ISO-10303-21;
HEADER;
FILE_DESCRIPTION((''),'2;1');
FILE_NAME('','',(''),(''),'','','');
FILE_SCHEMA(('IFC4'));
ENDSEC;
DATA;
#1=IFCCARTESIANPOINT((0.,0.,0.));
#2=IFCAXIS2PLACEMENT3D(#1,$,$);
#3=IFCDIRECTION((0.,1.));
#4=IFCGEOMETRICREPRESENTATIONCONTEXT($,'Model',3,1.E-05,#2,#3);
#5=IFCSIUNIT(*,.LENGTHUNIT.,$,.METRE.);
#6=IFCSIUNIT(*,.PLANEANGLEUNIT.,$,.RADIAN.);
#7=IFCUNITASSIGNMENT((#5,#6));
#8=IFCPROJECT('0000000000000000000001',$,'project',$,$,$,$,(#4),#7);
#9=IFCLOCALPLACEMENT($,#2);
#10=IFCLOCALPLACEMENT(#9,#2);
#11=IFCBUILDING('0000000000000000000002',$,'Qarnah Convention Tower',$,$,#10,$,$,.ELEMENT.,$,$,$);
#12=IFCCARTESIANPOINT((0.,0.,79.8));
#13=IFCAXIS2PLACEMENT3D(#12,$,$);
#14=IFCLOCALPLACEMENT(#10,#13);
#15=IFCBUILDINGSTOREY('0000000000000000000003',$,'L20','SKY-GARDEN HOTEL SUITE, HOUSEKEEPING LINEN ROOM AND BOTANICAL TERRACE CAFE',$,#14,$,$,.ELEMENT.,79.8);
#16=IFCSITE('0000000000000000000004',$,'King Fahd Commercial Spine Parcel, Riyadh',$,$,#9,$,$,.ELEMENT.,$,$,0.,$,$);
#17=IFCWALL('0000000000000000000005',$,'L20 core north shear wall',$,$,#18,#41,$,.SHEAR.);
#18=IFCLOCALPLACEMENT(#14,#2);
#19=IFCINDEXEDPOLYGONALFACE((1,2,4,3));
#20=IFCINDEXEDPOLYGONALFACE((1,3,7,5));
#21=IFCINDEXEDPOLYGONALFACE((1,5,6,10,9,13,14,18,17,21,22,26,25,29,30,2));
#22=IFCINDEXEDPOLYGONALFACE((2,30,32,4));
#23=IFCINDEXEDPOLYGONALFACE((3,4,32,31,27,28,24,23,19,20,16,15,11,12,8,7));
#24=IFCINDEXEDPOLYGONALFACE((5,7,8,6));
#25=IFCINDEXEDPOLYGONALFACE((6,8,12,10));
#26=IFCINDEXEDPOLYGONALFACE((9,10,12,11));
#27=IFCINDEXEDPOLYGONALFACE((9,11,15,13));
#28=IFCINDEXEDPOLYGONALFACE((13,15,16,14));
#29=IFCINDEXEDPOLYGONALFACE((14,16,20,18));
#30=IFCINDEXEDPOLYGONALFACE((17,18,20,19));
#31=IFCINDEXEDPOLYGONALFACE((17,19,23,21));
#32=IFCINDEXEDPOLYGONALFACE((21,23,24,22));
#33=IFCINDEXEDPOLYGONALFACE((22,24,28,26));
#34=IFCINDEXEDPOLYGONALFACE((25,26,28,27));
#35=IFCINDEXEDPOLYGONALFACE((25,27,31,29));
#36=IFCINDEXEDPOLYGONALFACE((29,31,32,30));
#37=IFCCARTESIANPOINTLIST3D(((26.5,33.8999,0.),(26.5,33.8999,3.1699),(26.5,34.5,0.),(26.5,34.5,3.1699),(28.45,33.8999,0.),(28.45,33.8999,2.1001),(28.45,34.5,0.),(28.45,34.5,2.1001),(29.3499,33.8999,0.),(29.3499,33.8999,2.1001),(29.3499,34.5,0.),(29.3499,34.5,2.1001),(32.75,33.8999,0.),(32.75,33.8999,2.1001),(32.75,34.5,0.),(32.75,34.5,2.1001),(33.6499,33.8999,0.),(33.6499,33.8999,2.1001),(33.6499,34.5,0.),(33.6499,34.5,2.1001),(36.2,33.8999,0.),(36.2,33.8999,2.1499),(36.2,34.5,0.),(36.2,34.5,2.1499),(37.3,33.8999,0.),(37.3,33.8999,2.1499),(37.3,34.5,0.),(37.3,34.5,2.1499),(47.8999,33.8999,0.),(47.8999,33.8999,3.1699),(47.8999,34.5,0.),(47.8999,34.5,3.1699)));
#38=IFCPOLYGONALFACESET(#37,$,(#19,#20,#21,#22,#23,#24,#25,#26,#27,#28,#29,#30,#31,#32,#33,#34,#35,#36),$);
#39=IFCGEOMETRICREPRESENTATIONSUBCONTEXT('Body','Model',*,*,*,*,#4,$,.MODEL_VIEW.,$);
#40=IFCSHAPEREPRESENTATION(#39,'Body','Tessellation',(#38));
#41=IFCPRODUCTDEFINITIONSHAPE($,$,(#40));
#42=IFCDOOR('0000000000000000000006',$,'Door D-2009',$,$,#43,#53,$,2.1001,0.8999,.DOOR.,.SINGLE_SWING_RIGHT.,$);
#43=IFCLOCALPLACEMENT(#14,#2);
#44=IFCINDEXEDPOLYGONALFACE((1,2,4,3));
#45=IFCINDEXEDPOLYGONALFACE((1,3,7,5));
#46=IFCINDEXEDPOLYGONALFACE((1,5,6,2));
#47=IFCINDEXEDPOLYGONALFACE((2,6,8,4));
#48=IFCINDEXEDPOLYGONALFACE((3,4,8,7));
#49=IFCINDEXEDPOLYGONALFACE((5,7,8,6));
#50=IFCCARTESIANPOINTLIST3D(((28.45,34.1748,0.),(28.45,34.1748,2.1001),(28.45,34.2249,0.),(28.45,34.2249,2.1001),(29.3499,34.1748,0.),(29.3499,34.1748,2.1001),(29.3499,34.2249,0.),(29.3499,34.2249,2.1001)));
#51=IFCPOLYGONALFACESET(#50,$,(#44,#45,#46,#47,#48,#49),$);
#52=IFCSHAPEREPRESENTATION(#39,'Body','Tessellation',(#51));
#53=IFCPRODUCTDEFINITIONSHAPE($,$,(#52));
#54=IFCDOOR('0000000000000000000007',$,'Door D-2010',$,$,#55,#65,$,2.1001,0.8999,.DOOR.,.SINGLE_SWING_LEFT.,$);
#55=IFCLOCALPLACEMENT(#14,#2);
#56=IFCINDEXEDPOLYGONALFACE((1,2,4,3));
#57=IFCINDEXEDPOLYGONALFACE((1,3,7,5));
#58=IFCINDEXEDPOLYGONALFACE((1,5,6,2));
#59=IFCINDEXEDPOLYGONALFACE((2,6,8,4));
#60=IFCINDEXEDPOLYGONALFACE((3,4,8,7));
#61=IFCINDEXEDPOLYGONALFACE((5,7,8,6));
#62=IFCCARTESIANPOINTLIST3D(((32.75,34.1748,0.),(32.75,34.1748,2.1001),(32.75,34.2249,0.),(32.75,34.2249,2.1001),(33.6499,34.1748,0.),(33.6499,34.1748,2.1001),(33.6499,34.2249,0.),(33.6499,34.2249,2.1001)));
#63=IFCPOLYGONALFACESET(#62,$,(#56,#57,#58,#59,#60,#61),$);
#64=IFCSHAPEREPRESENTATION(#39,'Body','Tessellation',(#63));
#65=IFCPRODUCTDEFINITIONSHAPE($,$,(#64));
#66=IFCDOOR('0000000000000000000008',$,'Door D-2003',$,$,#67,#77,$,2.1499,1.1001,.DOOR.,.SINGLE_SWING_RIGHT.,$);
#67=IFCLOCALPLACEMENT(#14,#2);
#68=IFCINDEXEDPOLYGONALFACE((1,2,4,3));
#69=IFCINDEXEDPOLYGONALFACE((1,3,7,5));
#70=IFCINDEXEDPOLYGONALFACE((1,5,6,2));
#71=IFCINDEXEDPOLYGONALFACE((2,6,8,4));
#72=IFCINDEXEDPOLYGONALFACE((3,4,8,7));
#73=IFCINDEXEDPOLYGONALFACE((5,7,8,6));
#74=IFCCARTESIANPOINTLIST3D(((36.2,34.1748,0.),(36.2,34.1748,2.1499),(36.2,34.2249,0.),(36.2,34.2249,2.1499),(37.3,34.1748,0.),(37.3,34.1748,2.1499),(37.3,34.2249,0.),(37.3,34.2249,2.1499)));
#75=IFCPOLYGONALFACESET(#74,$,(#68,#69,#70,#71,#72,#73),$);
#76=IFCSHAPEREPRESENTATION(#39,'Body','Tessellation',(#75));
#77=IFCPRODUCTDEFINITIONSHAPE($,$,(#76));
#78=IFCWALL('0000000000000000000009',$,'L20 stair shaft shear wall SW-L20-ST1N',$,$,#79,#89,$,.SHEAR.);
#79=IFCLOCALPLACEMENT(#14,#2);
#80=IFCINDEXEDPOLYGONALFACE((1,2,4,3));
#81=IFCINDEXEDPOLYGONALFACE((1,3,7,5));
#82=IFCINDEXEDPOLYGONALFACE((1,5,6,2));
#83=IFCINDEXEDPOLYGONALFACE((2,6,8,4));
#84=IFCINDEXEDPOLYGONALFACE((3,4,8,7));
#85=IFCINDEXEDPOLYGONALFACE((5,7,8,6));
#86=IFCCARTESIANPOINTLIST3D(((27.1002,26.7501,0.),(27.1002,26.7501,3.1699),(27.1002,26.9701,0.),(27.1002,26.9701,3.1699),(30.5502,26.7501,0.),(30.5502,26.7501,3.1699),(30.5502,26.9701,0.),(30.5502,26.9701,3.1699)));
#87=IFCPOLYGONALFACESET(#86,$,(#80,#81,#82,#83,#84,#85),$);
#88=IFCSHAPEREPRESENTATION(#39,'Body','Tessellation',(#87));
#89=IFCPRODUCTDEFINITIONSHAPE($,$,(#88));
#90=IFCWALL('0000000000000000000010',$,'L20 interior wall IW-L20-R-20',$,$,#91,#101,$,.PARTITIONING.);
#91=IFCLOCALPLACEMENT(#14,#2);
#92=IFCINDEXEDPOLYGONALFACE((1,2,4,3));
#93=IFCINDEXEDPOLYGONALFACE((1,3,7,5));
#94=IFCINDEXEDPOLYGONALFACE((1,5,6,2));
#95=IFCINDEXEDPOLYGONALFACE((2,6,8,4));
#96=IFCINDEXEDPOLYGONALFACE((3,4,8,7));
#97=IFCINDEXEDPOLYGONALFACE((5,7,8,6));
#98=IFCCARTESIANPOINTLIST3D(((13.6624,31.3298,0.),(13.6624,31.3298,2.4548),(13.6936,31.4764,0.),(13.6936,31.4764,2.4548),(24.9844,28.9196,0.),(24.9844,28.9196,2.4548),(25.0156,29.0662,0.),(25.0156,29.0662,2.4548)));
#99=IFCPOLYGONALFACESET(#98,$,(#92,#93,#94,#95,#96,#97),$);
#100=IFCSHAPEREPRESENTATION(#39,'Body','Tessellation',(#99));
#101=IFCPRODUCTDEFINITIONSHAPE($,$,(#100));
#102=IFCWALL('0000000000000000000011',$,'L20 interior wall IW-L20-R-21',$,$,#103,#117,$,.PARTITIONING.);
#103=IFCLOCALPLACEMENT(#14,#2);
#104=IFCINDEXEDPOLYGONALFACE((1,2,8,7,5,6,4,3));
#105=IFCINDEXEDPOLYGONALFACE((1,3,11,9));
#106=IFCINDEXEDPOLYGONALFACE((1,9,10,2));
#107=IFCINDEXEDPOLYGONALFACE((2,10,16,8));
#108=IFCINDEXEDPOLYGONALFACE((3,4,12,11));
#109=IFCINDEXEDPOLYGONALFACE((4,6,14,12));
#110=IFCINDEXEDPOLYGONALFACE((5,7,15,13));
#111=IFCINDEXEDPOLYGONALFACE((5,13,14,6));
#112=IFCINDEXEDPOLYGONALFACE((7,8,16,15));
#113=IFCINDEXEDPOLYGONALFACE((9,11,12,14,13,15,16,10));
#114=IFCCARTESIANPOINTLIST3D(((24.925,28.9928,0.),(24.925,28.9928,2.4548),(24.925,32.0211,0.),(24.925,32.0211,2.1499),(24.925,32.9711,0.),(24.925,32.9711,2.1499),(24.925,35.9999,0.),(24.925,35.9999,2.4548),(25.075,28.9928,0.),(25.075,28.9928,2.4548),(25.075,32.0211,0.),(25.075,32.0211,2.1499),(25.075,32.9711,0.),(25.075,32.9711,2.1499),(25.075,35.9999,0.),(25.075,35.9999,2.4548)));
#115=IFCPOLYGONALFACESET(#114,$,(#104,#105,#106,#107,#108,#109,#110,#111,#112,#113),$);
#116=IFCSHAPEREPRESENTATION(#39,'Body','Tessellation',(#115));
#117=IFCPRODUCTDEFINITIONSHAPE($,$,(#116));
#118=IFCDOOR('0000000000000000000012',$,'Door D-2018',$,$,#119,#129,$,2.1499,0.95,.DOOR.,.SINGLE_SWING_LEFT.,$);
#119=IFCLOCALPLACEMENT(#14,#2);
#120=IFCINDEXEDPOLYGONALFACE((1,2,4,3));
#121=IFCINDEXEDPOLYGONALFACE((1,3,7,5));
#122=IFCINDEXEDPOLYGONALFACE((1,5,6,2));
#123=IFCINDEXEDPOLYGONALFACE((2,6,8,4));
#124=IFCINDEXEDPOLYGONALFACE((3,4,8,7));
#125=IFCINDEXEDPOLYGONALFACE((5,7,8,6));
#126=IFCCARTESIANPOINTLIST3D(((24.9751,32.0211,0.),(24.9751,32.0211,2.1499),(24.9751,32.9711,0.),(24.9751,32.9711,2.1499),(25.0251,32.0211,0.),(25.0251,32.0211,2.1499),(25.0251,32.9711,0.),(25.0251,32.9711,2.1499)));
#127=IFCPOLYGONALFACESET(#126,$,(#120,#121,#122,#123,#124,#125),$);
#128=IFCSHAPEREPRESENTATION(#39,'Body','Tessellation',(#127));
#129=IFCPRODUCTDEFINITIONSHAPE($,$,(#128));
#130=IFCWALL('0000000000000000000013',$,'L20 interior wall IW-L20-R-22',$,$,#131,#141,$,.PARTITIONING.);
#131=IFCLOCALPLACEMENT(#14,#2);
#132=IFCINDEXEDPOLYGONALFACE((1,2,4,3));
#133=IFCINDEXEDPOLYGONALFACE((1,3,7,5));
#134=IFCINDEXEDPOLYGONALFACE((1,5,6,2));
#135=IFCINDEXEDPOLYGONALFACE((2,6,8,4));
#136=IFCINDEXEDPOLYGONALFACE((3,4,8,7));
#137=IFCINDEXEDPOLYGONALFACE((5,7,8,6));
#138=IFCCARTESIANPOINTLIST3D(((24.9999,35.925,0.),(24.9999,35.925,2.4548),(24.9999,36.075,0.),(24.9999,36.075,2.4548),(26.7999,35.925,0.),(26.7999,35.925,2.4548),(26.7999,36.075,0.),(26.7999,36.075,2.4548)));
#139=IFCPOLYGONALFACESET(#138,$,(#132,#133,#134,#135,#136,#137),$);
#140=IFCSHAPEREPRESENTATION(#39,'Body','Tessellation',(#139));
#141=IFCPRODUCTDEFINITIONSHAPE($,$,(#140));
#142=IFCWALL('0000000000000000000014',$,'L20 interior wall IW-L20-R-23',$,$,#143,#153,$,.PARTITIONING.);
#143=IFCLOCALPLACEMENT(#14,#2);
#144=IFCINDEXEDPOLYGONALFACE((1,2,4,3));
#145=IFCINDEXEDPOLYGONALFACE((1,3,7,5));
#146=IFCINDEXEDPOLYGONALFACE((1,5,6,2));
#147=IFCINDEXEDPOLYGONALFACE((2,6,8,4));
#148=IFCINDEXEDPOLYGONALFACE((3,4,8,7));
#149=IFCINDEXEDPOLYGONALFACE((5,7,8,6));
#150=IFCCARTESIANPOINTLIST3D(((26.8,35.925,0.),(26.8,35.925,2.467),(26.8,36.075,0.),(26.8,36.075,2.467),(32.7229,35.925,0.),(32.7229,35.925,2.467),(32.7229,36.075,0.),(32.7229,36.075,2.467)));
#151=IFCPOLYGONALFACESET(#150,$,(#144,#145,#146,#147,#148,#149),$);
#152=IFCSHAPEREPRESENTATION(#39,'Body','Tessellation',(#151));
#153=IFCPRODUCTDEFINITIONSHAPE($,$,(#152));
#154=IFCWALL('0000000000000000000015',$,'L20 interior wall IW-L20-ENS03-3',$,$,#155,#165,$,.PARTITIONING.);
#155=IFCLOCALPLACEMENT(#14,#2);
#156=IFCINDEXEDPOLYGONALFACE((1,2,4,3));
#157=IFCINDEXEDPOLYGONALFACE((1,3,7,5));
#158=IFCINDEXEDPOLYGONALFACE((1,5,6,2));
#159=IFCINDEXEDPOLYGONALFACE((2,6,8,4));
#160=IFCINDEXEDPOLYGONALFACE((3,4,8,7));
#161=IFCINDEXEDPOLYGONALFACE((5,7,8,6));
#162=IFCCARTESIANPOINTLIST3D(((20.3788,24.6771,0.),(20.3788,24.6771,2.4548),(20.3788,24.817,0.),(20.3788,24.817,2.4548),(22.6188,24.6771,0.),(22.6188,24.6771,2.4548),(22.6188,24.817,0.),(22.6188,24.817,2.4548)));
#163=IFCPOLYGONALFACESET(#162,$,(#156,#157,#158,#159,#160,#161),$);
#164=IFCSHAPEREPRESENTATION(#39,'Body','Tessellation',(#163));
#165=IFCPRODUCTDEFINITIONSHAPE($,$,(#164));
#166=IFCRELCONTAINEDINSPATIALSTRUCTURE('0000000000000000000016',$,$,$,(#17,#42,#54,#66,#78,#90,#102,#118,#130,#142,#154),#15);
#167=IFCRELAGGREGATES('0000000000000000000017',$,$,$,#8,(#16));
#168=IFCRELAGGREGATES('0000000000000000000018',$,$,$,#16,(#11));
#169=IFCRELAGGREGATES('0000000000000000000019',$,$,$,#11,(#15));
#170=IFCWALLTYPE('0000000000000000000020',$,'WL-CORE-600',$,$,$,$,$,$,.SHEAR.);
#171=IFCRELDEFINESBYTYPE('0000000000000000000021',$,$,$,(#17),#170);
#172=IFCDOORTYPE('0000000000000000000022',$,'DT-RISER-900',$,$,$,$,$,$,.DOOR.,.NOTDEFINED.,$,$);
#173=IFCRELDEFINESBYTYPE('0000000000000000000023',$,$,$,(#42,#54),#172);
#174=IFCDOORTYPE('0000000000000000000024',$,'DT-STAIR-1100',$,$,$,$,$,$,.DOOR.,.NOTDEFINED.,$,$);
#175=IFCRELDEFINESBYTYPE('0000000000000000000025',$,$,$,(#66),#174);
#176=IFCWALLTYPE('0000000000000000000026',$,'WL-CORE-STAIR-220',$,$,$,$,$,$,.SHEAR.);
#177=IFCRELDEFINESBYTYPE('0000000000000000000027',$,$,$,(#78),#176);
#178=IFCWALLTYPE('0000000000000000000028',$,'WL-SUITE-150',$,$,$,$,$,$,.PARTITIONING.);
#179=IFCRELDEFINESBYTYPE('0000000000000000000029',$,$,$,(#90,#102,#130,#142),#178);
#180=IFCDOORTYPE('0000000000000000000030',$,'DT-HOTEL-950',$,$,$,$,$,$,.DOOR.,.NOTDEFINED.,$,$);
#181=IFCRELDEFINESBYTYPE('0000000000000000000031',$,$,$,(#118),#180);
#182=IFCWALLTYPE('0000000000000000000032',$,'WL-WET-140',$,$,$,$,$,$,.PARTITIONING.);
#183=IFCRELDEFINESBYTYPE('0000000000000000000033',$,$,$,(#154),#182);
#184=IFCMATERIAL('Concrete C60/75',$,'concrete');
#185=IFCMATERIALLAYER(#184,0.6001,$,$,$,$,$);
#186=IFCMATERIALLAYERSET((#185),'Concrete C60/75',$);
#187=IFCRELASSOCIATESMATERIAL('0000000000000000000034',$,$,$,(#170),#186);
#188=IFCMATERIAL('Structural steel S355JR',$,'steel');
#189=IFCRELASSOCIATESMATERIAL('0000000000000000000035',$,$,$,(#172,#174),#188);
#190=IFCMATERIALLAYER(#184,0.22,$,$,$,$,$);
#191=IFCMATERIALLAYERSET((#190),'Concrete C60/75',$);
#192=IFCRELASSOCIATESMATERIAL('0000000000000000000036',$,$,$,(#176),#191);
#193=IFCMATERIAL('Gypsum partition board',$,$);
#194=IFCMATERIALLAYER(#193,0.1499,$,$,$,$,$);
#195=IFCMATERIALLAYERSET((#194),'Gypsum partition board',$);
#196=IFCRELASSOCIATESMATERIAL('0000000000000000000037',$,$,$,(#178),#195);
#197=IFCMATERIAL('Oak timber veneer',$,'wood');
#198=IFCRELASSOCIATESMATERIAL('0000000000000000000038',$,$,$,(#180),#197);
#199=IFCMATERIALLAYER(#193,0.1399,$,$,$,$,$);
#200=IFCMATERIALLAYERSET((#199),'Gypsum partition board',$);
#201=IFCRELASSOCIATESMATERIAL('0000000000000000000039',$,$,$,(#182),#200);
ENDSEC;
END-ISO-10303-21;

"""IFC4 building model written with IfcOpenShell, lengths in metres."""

from ifc_helpers import new_model, si_unit, direction, frame, frame_2d, origin, place, context, subcontext, project, spatial, rectangle, extrude, material, layer, layer_set, type_object, element, fill, save


model = new_model("IFC4")

# Units and contexts
model_context = context("Model", 3, precision=1e-05, world=origin(), true_north=direction((0.0, 1.0)))
body_context = subcontext(model_context, "Body", "Model", "MODEL_VIEW")
ifc_project = project(units=[si_unit("LENGTHUNIT", "METRE"), si_unit("PLANEANGLEUNIT", "RADIAN")], contexts=[model_context])

# Site, building, storey
site_placement = place(None, origin())
site = spatial("IfcSite", under=ifc_project, at=site_placement, Name="King Fahd Commercial Spine Parcel, Riyadh", CompositionType="ELEMENT", RefElevation=0.0)
building_placement = place(site_placement, origin())
building = spatial("IfcBuilding", under=site, at=building_placement, Name="Qarnah Convention Tower", CompositionType="ELEMENT")
storey_placement = place(building_placement, frame((0.0, 0.0, 79.8)))
storey = spatial("IfcBuildingStorey", under=building, at=storey_placement, Name="L20", Description="SKY-GARDEN HOTEL SUITE, HOUSEKEEPING LINEN ROOM AND BOTANICAL TERRACE CAFE", CompositionType="ELEMENT", Elevation=79.8)

# Shared definitions
ifc_material_1 = material(Name="Concrete C60/75", Category="concrete")

# Shared definitions
ifc_material_2 = material(Name="Structural steel S355JR", Category="steel")

# Wall, openings, doors
ifc_layer_1 = layer(ifc_material_1, 0.6001)
ifc_layer_set_1 = layer_set([ifc_layer_1], Name="Concrete C60/75")
wall_type_1 = type_object("IfcWallType", Name="WL-CORE-600", PredefinedType="SHEAR", material=ifc_layer_set_1)
wall_1_placement = place(storey_placement, frame((26.5, 34.2, 0.0), z_axis=(0.0, 0.0, 1.0), x_axis=(1.0, 0.0, 0.0)))
wall_1 = element("IfcWall", 1, at=wall_1_placement, inside=storey, type_object=wall_type_1, Name="L20 core north shear wall", PredefinedType="SHEAR", context=body_context, shape_type="SweptSolid", body=[
    extrude(rectangle(XDim=21.3999, YDim=0.6001, at=frame_2d((10.7, 0.0))), origin(), (0.0, 0.0, 1.0), 3.1699),
])
opening_1_placement = place(wall_1_placement, frame((9.7, 0.0, 0.0)))
opening_1 = element("IfcOpeningElement", 2, at=opening_1_placement, cuts=wall_1, PredefinedType="OPENING", context=body_context, shape_type="SweptSolid", body=[
    extrude(rectangle(XDim=1.1001, YDim=2.1499, at=frame_2d((0.55, 1.075))), frame((0.0, 0.3101, 0.0), z_axis=(0.0, -1.0, 0.0), x_axis=(1.0, 0.0, 0.0)), (0.0, 0.0, 1.0), 0.6201),
])
opening_2_placement = place(wall_1_placement, frame((1.95, 0.0, 0.0)))
opening_2 = element("IfcOpeningElement", 3, at=opening_2_placement, cuts=wall_1, PredefinedType="OPENING", context=body_context, shape_type="SweptSolid", body=[
    extrude(rectangle(XDim=0.8999, YDim=2.1001, at=frame_2d((0.45, 1.05))), frame((0.0, 0.3101, 0.0), z_axis=(0.0, -1.0, 0.0), x_axis=(1.0, 0.0, 0.0)), (0.0, 0.0, 1.0), 0.6201),
])
opening_3_placement = place(wall_1_placement, frame((6.25, 0.0, 0.0)))
opening_3 = element("IfcOpeningElement", 4, at=opening_3_placement, cuts=wall_1, PredefinedType="OPENING", context=body_context, shape_type="SweptSolid", body=[
    extrude(rectangle(XDim=0.8999, YDim=2.1001, at=frame_2d((0.45, 1.05))), frame((0.0, 0.3101, 0.0), z_axis=(0.0, -1.0, 0.0), x_axis=(1.0, 0.0, 0.0)), (0.0, 0.0, 1.0), 0.6201),
])
door_type_1 = type_object("IfcDoorType", Name="DT-RISER-900", OperationType="NOTDEFINED", PredefinedType="DOOR", material=ifc_material_2)
door_1_placement = place(opening_2_placement, origin())
door_1 = element("IfcDoor", 5, at=door_1_placement, inside=storey, type_object=door_type_1, Name="Door D-2009", OperationType="SINGLE_SWING_RIGHT", OverallHeight=2.1001, OverallWidth=0.8999, PredefinedType="DOOR", context=body_context, shape_type="SweptSolid", body=[
    extrude(rectangle(XDim=0.8999, YDim=2.1001, at=frame_2d((0.45, 1.05))), frame((0.0, 0.0249, 0.0), z_axis=(0.0, -1.0, 0.0), x_axis=(1.0, 0.0, 0.0)), (0.0, 0.0, 1.0), 0.05),
])
fill(opening_2, door_1)
door_2_placement = place(opening_3_placement, origin())
door_2 = element("IfcDoor", 6, at=door_2_placement, inside=storey, type_object=door_type_1, Name="Door D-2010", OperationType="SINGLE_SWING_LEFT", OverallHeight=2.1001, OverallWidth=0.8999, PredefinedType="DOOR", context=body_context, shape_type="SweptSolid", body=[
    extrude(rectangle(XDim=0.8999, YDim=2.1001, at=frame_2d((0.45, 1.05))), frame((0.0, 0.0249, 0.0), z_axis=(0.0, -1.0, 0.0), x_axis=(1.0, 0.0, 0.0)), (0.0, 0.0, 1.0), 0.05),
])
fill(opening_3, door_2)
door_type_2 = type_object("IfcDoorType", Name="DT-STAIR-1100", OperationType="NOTDEFINED", PredefinedType="DOOR", material=ifc_material_2)
door_3_placement = place(opening_1_placement, origin())
door_3 = element("IfcDoor", 7, at=door_3_placement, inside=storey, type_object=door_type_2, Name="Door D-2003", OperationType="SINGLE_SWING_RIGHT", OverallHeight=2.1499, OverallWidth=1.1001, PredefinedType="DOOR", context=body_context, shape_type="SweptSolid", body=[
    extrude(rectangle(XDim=1.1001, YDim=2.1499, at=frame_2d((0.55, 1.075))), frame((0.0, 0.0249, 0.0), z_axis=(0.0, -1.0, 0.0), x_axis=(1.0, 0.0, 0.0)), (0.0, 0.0, 1.0), 0.05),
])
fill(opening_1, door_3)

# Wall
ifc_layer_2 = layer(ifc_material_1, 0.22)
ifc_layer_set_2 = layer_set([ifc_layer_2], Name="Concrete C60/75")
wall_type_2 = type_object("IfcWallType", Name="WL-CORE-STAIR-220", PredefinedType="SHEAR", material=ifc_layer_set_2)
wall_2_placement = place(storey_placement, frame((27.1001, 26.8601, 0.0), z_axis=(0.0, 0.0, 1.0), x_axis=(1.0, 0.0, 0.0)))
element("IfcWall", 8, at=wall_2_placement, inside=storey, type_object=wall_type_2, Name="L20 stair shaft shear wall SW-L20-ST1N", PredefinedType="SHEAR", context=body_context, shape_type="SweptSolid", body=[
    extrude(rectangle(XDim=3.45, YDim=0.22, at=frame_2d((1.7251, 0.0))), origin(), (0.0, 0.0, 1.0), 3.1699),
])

# Wall
ifc_material_3 = material(Name="Gypsum partition board")
ifc_layer_3 = layer(ifc_material_3, 0.1499)
ifc_layer_set_3 = layer_set([ifc_layer_3], Name="Gypsum partition board")
wall_type_3 = type_object("IfcWallType", Name="WL-SUITE-150", PredefinedType="PARTITIONING", material=ifc_layer_set_3)
wall_3_placement = place(storey_placement, frame((13.678, 31.4031, 0.0), z_axis=(0.0, 0.0, 1.0), x_axis=(0.978085, -0.208208, 0.0)))
element("IfcWall", 9, at=wall_3_placement, inside=storey, type_object=wall_type_3, Name="L20 interior wall IW-L20-R-20", PredefinedType="PARTITIONING", context=body_context, shape_type="SweptSolid", body=[
    extrude(rectangle(XDim=11.5757, YDim=0.1499, at=frame_2d((5.7878, 0.0))), origin(), (0.0, 0.0, 1.0), 2.4548),
])

# Wall, opening, door
wall_4_placement = place(storey_placement, frame((25.0, 28.9929, 0.0), z_axis=(0.0, 0.0, 1.0), x_axis=(0.0, 1.0, 0.0)))
wall_4 = element("IfcWall", 10, at=wall_4_placement, inside=storey, type_object=wall_type_3, Name="L20 interior wall IW-L20-R-21", PredefinedType="PARTITIONING", context=body_context, shape_type="SweptSolid", body=[
    extrude(rectangle(XDim=7.0071, YDim=0.1499, at=frame_2d((3.5034, 0.0))), origin(), (0.0, 0.0, 1.0), 2.4548),
])
opening_4_placement = place(wall_4_placement, frame((3.0281, 0.0, 0.0)))
opening_4 = element("IfcOpeningElement", 11, at=opening_4_placement, cuts=wall_4, PredefinedType="OPENING", context=body_context, shape_type="SweptSolid", body=[
    extrude(rectangle(XDim=0.95, YDim=2.1499, at=frame_2d((0.4751, 1.075))), frame((0.0, 0.085, 0.0), z_axis=(0.0, -1.0, 0.0), x_axis=(1.0, 0.0, 0.0)), (0.0, 0.0, 1.0), 0.1699),
])
ifc_material_4 = material(Name="Oak timber veneer", Category="wood")
door_type_3 = type_object("IfcDoorType", Name="DT-HOTEL-950", OperationType="NOTDEFINED", PredefinedType="DOOR", material=ifc_material_4)
door_4_placement = place(opening_4_placement, origin())
door_4 = element("IfcDoor", 12, at=door_4_placement, inside=storey, type_object=door_type_3, Name="Door D-2018", OperationType="SINGLE_SWING_LEFT", OverallHeight=2.1499, OverallWidth=0.95, PredefinedType="DOOR", context=body_context, shape_type="SweptSolid", body=[
    extrude(rectangle(XDim=0.95, YDim=2.1499, at=frame_2d((0.4751, 1.075))), frame((0.0, 0.0249, 0.0), z_axis=(0.0, -1.0, 0.0), x_axis=(1.0, 0.0, 0.0)), (0.0, 0.0, 1.0), 0.05),
])
fill(opening_4, door_4)

# Walls
wall_5_placement = place(storey_placement, frame((25.0, 36.0, 0.0), z_axis=(0.0, 0.0, 1.0), x_axis=(1.0, 0.0, 0.0)))
element("IfcWall", 13, at=wall_5_placement, inside=storey, type_object=wall_type_3, Name="L20 interior wall IW-L20-R-22", PredefinedType="PARTITIONING", context=body_context, shape_type="SweptSolid", body=[
    extrude(rectangle(XDim=1.8, YDim=0.1499, at=frame_2d((0.8999, 0.0))), origin(), (0.0, 0.0, 1.0), 2.4548),
])
wall_6_placement = place(storey_placement, frame((26.8, 36.0, 0.0), z_axis=(0.0, 0.0, 1.0), x_axis=(1.0, 0.0, 0.0)))
element("IfcWall", 14, at=wall_6_placement, inside=storey, type_object=wall_type_3, Name="L20 interior wall IW-L20-R-23", PredefinedType="PARTITIONING", context=body_context, shape_type="SweptSolid", body=[
    extrude(rectangle(XDim=5.9229, YDim=0.1499, at=frame_2d((2.9614, 0.0))), origin(), (0.0, 0.0, 1.0), 2.467),
])
ifc_layer_4 = layer(ifc_material_3, 0.1399)
ifc_layer_set_4 = layer_set([ifc_layer_4], Name="Gypsum partition board")
wall_type_4 = type_object("IfcWallType", Name="WL-WET-140", PredefinedType="PARTITIONING", material=ifc_layer_set_4)
wall_7_placement = place(storey_placement, frame((22.6189, 24.7471, 0.0), z_axis=(0.0, 0.0, 1.0), x_axis=(-1.0, 0.0, 0.0)))
element("IfcWall", 15, at=wall_7_placement, inside=storey, type_object=wall_type_4, Name="L20 interior wall IW-L20-ENS03-3", PredefinedType="PARTITIONING", context=body_context, shape_type="SweptSolid", body=[
    extrude(rectangle(XDim=2.24, YDim=0.1399, at=frame_2d((1.1201, 0.0))), origin(), (0.0, 0.0, 1.0), 2.4548),
])

save(model, "model.ifc")
